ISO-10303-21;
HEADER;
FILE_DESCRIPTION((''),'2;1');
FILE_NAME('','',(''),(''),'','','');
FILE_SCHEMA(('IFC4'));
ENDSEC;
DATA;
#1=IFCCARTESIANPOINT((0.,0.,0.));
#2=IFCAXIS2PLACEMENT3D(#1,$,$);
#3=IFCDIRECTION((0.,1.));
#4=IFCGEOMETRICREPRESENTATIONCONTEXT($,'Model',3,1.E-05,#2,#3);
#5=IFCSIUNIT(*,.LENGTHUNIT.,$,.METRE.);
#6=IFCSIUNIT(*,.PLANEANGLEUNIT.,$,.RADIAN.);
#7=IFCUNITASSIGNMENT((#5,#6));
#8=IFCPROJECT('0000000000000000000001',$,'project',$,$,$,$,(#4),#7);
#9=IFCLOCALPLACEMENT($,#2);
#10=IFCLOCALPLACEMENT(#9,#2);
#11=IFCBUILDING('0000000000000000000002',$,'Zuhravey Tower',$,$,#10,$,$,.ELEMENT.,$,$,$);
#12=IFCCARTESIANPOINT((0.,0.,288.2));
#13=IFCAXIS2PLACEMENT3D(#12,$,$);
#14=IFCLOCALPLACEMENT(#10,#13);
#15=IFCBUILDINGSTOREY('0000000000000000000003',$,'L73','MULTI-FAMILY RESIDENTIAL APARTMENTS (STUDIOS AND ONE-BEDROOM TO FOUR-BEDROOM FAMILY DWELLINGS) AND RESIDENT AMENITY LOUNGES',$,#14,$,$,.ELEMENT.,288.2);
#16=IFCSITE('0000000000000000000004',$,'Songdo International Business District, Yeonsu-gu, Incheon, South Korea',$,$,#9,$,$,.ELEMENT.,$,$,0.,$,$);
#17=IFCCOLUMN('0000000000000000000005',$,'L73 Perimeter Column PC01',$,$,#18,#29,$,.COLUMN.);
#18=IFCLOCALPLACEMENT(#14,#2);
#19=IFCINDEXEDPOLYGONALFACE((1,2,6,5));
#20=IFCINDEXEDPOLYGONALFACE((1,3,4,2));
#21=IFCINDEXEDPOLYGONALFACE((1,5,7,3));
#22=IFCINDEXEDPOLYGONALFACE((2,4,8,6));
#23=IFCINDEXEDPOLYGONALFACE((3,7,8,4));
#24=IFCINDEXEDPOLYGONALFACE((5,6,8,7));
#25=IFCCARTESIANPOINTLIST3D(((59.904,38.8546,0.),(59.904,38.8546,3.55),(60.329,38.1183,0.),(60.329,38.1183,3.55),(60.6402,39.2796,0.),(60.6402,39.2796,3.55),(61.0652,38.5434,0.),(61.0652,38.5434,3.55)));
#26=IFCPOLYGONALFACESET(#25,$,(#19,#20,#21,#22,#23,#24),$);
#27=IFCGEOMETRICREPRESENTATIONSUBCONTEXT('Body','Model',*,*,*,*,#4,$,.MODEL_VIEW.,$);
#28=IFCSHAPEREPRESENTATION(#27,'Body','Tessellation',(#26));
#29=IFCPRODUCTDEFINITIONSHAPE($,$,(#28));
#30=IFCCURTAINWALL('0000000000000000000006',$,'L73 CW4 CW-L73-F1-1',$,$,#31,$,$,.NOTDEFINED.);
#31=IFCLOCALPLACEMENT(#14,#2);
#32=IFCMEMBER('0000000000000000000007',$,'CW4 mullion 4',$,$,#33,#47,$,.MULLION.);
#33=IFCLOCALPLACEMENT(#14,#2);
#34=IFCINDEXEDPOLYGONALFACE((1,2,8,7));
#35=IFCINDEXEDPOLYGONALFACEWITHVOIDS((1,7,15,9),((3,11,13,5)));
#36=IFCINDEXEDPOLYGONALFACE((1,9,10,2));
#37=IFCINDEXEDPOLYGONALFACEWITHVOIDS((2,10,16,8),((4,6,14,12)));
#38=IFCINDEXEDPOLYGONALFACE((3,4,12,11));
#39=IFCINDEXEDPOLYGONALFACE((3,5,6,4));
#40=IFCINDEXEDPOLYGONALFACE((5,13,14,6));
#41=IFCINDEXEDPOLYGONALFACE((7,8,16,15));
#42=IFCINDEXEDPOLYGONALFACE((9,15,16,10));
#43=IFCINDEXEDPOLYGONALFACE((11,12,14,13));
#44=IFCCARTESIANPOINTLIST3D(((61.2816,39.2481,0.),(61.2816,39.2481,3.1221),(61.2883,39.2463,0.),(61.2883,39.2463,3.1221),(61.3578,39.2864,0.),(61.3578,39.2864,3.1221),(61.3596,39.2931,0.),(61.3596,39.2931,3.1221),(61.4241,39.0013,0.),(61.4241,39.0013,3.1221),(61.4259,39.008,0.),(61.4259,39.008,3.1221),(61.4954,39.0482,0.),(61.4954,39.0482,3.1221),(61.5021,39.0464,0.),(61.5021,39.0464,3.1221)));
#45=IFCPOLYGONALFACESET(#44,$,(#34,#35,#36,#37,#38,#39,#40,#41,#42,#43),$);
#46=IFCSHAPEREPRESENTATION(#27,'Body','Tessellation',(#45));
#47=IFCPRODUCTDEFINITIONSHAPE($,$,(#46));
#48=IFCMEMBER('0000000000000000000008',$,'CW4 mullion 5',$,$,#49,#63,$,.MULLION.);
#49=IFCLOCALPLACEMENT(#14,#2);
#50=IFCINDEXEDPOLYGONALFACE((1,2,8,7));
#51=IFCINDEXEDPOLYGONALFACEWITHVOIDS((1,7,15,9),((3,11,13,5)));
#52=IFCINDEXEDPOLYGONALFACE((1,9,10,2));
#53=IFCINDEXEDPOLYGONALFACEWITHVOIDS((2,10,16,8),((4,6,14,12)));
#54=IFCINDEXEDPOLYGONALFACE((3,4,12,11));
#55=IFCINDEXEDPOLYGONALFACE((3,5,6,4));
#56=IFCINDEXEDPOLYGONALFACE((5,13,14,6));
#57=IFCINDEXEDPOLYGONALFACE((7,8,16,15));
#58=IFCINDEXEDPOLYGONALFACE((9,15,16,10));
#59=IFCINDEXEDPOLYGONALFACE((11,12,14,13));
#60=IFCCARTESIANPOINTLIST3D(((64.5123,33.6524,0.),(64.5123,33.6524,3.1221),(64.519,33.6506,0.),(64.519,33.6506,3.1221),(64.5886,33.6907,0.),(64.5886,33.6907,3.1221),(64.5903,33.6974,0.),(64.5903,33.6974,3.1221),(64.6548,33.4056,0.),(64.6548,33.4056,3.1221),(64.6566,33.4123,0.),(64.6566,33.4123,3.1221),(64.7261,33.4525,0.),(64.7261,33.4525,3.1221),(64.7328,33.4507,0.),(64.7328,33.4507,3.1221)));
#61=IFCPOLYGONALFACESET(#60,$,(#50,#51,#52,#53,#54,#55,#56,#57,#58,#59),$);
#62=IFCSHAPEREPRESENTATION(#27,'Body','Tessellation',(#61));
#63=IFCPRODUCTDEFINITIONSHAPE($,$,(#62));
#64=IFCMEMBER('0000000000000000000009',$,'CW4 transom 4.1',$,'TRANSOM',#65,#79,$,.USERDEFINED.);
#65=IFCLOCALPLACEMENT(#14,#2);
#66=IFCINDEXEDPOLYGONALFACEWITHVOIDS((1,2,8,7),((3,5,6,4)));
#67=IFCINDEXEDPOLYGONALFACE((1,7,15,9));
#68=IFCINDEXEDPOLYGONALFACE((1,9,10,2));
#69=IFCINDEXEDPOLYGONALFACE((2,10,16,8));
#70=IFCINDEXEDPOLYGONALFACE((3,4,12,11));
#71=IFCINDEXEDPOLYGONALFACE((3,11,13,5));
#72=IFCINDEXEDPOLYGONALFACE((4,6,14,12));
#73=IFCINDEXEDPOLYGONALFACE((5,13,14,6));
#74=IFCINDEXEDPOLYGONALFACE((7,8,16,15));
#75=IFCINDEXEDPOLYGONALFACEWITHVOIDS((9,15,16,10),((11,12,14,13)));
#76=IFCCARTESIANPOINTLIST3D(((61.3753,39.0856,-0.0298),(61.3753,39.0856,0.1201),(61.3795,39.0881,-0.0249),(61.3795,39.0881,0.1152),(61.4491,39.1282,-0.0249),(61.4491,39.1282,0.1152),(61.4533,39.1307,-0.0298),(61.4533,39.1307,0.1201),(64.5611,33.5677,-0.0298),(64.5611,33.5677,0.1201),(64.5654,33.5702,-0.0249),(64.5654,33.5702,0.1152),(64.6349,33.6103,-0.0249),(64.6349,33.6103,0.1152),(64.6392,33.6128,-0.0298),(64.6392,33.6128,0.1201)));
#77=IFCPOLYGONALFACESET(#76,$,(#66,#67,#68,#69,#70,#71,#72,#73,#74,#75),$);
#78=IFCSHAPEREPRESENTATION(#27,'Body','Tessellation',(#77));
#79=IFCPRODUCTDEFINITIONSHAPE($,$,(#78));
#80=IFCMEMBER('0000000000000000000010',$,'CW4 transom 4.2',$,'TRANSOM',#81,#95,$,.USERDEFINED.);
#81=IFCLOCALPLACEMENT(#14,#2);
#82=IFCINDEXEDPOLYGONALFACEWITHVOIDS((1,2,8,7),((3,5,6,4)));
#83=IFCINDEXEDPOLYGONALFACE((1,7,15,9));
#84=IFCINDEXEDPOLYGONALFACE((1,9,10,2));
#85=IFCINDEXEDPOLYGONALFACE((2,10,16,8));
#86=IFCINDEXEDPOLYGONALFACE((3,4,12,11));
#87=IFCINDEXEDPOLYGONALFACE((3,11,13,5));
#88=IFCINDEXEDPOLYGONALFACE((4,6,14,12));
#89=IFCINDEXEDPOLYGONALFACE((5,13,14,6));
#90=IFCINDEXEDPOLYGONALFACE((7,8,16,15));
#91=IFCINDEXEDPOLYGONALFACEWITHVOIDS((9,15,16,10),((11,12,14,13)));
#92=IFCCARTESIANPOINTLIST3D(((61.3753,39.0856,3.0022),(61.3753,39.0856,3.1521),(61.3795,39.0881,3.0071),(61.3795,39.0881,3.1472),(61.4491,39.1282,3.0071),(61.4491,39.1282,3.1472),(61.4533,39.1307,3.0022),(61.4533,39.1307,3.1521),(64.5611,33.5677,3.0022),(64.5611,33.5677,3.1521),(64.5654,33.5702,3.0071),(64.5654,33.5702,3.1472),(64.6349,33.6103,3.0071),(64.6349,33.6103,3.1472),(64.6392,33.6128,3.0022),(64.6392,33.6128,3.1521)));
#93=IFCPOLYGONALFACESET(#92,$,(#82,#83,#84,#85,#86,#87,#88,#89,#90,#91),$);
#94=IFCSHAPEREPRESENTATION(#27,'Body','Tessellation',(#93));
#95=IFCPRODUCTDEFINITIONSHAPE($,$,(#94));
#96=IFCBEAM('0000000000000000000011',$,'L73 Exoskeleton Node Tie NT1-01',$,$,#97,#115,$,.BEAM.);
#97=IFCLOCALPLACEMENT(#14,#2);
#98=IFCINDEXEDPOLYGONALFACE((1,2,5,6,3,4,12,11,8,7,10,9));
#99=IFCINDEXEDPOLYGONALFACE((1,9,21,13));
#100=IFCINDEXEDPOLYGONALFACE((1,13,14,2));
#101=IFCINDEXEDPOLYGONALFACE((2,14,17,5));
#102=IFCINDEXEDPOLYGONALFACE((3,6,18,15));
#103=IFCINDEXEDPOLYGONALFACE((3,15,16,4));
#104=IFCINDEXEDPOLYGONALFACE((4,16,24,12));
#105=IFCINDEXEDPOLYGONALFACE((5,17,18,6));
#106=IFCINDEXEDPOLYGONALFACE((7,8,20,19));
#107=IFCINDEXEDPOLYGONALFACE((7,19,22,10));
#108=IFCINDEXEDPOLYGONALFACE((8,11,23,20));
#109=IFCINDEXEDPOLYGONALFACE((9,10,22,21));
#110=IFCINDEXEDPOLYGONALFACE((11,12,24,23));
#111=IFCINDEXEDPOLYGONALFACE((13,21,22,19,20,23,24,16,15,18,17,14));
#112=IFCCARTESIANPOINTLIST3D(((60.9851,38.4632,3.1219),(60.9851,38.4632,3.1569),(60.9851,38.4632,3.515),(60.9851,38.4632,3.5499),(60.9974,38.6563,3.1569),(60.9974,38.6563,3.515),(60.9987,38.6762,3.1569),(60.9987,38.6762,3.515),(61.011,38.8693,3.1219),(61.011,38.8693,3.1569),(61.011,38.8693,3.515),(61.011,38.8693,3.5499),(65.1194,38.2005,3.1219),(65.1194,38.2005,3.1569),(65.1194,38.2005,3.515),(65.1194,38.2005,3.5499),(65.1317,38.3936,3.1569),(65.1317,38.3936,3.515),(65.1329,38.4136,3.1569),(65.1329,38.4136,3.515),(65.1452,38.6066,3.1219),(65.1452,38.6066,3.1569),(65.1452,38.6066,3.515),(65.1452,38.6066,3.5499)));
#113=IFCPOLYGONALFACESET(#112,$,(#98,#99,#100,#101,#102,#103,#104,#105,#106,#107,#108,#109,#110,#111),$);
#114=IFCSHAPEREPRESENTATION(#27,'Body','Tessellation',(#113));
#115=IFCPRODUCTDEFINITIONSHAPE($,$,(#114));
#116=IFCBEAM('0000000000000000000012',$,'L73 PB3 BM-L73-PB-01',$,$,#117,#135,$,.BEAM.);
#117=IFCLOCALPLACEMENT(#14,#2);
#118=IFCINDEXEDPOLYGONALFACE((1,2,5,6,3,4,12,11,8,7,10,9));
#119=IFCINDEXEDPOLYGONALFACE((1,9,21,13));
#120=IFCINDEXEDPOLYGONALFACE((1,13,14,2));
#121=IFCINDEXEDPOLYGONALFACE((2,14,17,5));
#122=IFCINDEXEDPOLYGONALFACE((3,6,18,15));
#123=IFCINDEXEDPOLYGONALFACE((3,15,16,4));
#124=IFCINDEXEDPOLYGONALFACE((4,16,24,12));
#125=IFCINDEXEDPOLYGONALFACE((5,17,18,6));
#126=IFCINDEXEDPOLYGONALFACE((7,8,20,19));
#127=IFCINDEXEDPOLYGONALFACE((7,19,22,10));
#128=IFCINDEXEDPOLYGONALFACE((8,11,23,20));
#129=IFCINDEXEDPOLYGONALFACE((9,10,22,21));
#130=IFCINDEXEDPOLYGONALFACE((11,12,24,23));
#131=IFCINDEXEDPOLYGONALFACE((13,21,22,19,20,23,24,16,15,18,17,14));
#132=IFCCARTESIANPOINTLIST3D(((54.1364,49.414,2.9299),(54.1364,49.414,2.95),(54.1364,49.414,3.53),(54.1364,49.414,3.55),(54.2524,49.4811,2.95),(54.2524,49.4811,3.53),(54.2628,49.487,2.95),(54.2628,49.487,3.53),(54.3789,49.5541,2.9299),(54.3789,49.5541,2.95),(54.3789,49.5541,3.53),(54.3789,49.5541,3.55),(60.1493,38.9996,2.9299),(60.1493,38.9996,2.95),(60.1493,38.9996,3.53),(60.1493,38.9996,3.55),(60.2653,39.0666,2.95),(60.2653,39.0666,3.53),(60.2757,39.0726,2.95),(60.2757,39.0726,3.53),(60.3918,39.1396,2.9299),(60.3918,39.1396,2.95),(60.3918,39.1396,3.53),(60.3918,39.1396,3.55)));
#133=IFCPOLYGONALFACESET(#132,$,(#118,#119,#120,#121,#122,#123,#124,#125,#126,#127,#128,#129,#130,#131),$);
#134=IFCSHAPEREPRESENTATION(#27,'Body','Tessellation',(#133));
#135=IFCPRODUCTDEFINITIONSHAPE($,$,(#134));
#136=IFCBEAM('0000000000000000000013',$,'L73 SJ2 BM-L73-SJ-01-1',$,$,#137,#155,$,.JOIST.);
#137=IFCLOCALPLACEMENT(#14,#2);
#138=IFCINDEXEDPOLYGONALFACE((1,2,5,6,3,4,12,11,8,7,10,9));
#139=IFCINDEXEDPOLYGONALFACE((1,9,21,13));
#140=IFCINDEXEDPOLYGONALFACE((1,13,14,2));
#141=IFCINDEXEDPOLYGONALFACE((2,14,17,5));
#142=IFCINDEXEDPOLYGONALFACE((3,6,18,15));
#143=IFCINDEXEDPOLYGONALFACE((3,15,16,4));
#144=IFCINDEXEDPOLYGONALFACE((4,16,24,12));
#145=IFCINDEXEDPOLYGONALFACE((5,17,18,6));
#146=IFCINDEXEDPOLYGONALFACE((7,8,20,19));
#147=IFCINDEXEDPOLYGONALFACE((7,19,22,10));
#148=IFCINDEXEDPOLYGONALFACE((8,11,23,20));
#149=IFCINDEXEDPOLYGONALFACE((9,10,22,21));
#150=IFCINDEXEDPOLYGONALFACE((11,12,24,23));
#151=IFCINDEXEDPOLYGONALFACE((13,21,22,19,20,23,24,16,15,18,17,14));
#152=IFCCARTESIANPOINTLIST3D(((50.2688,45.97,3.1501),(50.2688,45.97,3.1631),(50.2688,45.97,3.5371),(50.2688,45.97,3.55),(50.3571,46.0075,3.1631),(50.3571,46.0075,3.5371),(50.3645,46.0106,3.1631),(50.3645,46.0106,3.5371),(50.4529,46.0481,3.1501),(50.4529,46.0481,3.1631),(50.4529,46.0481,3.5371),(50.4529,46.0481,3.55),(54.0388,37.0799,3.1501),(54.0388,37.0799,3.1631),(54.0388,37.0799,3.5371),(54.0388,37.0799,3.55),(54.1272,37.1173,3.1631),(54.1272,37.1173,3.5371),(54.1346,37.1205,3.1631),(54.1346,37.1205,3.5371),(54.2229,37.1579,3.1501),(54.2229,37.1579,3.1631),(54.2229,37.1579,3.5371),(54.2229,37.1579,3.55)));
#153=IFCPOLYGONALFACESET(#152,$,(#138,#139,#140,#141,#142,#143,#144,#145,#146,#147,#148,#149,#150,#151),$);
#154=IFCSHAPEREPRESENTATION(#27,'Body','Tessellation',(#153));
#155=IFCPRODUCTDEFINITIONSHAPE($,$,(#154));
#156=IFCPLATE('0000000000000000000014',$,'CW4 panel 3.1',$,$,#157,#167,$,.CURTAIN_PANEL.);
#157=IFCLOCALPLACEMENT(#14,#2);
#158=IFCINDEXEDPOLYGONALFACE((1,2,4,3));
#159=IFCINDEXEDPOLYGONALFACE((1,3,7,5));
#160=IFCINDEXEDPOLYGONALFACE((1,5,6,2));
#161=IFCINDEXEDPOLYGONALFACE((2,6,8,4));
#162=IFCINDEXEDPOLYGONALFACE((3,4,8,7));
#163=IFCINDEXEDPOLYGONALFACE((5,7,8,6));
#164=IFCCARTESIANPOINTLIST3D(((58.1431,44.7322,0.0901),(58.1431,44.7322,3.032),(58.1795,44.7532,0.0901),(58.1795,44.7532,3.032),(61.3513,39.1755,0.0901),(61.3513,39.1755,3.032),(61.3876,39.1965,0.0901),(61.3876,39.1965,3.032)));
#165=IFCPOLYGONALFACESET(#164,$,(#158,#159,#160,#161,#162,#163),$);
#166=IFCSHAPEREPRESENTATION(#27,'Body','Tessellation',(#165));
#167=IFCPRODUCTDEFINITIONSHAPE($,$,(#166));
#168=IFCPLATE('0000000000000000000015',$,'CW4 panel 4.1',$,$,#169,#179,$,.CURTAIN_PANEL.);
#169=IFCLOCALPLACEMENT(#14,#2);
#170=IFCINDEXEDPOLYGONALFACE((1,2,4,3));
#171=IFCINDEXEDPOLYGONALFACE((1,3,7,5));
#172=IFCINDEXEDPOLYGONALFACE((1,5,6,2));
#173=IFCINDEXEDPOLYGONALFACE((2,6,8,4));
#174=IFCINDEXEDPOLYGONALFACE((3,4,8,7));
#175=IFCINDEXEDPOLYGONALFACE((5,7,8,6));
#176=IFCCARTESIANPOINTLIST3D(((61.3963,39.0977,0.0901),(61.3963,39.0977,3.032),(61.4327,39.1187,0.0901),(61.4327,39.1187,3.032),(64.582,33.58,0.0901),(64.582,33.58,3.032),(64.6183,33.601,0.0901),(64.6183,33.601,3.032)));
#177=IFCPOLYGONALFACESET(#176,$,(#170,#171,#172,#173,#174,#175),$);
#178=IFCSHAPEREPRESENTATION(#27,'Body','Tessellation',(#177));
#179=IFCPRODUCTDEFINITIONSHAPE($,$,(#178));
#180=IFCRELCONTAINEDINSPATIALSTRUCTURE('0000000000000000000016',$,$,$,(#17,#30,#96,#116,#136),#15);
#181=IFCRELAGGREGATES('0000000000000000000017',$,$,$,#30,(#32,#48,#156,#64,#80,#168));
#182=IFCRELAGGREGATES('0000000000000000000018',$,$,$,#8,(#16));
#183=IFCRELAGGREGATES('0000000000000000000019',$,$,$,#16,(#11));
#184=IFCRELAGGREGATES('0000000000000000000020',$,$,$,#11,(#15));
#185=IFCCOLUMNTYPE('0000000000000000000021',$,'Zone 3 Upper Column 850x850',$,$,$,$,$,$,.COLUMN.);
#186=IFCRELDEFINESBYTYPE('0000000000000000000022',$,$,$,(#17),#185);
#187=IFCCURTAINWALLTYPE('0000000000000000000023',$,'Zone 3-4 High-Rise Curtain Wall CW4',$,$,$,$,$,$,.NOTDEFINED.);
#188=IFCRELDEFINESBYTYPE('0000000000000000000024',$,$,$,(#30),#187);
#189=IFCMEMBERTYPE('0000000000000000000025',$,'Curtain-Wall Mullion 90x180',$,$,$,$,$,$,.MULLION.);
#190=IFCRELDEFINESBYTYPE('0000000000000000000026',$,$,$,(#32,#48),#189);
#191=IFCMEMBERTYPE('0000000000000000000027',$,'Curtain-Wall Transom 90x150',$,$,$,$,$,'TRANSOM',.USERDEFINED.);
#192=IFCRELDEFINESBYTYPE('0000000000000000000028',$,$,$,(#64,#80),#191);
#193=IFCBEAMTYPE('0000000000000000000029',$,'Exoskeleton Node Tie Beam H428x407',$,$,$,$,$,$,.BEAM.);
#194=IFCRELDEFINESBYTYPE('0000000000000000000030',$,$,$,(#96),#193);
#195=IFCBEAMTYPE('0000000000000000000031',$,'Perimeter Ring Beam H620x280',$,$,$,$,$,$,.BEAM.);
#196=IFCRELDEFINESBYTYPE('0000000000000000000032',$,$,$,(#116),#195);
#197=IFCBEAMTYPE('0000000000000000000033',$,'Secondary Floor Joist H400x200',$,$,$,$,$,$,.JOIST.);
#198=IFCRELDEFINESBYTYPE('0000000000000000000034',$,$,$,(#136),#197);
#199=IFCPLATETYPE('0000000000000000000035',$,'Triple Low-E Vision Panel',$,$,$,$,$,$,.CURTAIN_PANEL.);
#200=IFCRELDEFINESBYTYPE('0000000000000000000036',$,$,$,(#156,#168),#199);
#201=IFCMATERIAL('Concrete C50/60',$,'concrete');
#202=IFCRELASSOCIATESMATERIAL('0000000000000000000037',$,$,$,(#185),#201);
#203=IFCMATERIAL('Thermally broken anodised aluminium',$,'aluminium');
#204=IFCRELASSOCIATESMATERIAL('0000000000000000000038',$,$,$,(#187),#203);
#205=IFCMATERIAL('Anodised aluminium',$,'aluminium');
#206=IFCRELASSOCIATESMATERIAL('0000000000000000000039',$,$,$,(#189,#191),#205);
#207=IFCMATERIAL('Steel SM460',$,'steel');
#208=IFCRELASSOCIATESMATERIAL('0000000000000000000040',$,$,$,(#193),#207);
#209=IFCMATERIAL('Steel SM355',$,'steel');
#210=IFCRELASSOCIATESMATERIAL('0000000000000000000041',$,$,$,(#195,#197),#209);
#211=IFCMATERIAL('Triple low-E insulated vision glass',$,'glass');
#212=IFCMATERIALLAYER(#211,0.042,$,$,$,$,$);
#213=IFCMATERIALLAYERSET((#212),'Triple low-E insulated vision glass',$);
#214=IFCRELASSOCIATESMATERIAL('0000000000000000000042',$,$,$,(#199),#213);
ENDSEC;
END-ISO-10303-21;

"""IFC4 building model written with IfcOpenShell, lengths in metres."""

from ifc_helpers import new_model, si_unit, direction, frame, origin, origin_2d, place, context, subcontext, project, spatial, rectangle, hollow_rectangle, i_section, extrude, material, layer, layer_set, material_profile, profile_set, type_object, element, aggregate, save


model = new_model("IFC4")

# Units and contexts
model_context = context("Model", 3, precision=1e-05, world=origin(), true_north=direction((0.0, 1.0)))
body_context = subcontext(model_context, "Body", "Model", "MODEL_VIEW")
ifc_project = project(units=[si_unit("LENGTHUNIT", "METRE"), si_unit("PLANEANGLEUNIT", "RADIAN")], contexts=[model_context])

# Site, building, storey
site_placement = place(None, origin())
site = spatial("IfcSite", under=ifc_project, at=site_placement, Name="Songdo International Business District, Yeonsu-gu, Incheon, South Korea", CompositionType="ELEMENT", RefElevation=0.0)
building_placement = place(site_placement, origin())
building = spatial("IfcBuilding", under=site, at=building_placement, Name="Zuhravey Tower", CompositionType="ELEMENT")
storey_placement = place(building_placement, frame((0.0, 0.0, 288.2)))
storey = spatial("IfcBuildingStorey", under=building, at=storey_placement, Name="L73", Description="MULTI-FAMILY RESIDENTIAL APARTMENTS (STUDIOS AND ONE-BEDROOM TO FOUR-BEDROOM FAMILY DWELLINGS) AND RESIDENT AMENITY LOUNGES", CompositionType="ELEMENT", Elevation=288.2)

# Column
ifc_material_1 = material(Name="Concrete C50/60", Category="concrete")
ifc_material_profile_1 = material_profile(ifc_material_1, rectangle(XDim=0.8501, YDim=0.8501, at=origin_2d()), Name="RC-850x850")
ifc_profile_set_1 = profile_set([ifc_material_profile_1], Name="Concrete C50/60")
column_type = type_object("IfcColumnType", Name="Zone 3 Upper Column 850x850", PredefinedType="COLUMN", material=ifc_profile_set_1)
column_placement = place(storey_placement, frame((60.4846, 38.699, 0.0), z_axis=(0.0, 0.0, 1.0), x_axis=(-0.5, 0.866025, 0.0)))
element("IfcColumn", 1, at=column_placement, inside=storey, type_object=column_type, Name="L73 Perimeter Column PC01", PredefinedType="COLUMN", context=body_context, shape_type="SweptSolid", body=[
    extrude(rectangle(XDim=0.8501, YDim=0.8501, at=origin_2d()), origin(), (0.0, 0.0, 1.0), 3.55),
])

# Curtain wall, members
ifc_material_2 = material(Name="Thermally broken anodised aluminium", Category="aluminium")
curtain_wall_type = type_object("IfcCurtainWallType", Name="Zone 3-4 High-Rise Curtain Wall CW4", PredefinedType="NOTDEFINED", material=ifc_material_2)
curtain_wall_placement = place(storey_placement, origin())
curtain_wall = element("IfcCurtainWall", 2, at=curtain_wall_placement, inside=storey, type_object=curtain_wall_type, Name="L73 CW4 CW-L73-F1-1", PredefinedType="NOTDEFINED")
ifc_material_3 = material(Name="Anodised aluminium", Category="aluminium")
ifc_material_profile_2 = material_profile(ifc_material_3, hollow_rectangle(XDim=0.0901, YDim=0.2849, WallThickness=0.0049, at=origin_2d()), Name="ALU-RHS-90x285x5")
ifc_profile_set_2 = profile_set([ifc_material_profile_2], Name="Anodised aluminium")
member_type_1 = type_object("IfcMemberType", Name="Curtain-Wall Mullion 90x180", PredefinedType="MULLION", material=ifc_profile_set_2)
member_1_placement = place(storey_placement, frame((61.3918, 39.1472, 0.0), z_axis=(0.0, 0.0, 1.0), x_axis=(0.866025, 0.500001, 0.0)))
member_1 = element("IfcMember", 3, at=member_1_placement, type_object=member_type_1, Name="CW4 mullion 4", PredefinedType="MULLION", context=body_context, shape_type="SweptSolid", body=[
    extrude(hollow_rectangle(XDim=0.0901, YDim=0.2849, WallThickness=0.0049, at=origin_2d()), origin(), (0.0, 0.0, 1.0), 3.1221),
])
member_2_placement = place(storey_placement, frame((64.6226, 33.5515, 0.0), z_axis=(0.0, 0.0, 1.0), x_axis=(0.866025, 0.500001, 0.0)))
member_2 = element("IfcMember", 4, at=member_2_placement, type_object=member_type_1, Name="CW4 mullion 5", PredefinedType="MULLION", context=body_context, shape_type="SweptSolid", body=[
    extrude(hollow_rectangle(XDim=0.0901, YDim=0.2849, WallThickness=0.0049, at=origin_2d()), origin(), (0.0, 0.0, 1.0), 3.1221),
])
ifc_material_profile_3 = material_profile(ifc_material_3, hollow_rectangle(XDim=0.0901, YDim=0.1499, WallThickness=0.0049, at=origin_2d()), Name="ALU-RHS-90x150x5")
ifc_profile_set_3 = profile_set([ifc_material_profile_3], Name="Anodised aluminium")
member_type_2 = type_object("IfcMemberType", Name="Curtain-Wall Transom 90x150", ElementType="TRANSOM", PredefinedType="USERDEFINED", material=ifc_profile_set_3)
member_3_placement = place(storey_placement, frame((61.4143, 39.1082, 0.0452), z_axis=(0.500009, -0.86602, 0.0), x_axis=(0.86602, 0.500009, 0.0)))
member_3 = element("IfcMember", 5, at=member_3_placement, type_object=member_type_2, Name="CW4 transom 4.1", ObjectType="TRANSOM", PredefinedType="USERDEFINED", context=body_context, shape_type="SweptSolid", body=[
    extrude(hollow_rectangle(XDim=0.0901, YDim=0.1499, WallThickness=0.0049, at=origin_2d()), origin(), (0.0, 0.0, 1.0), 6.3716),
])
member_4_placement = place(storey_placement, frame((61.4143, 39.1082, 3.0771), z_axis=(0.500009, -0.86602, 0.0), x_axis=(0.86602, 0.500009, 0.0)))
member_4 = element("IfcMember", 6, at=member_4_placement, type_object=member_type_2, Name="CW4 transom 4.2", ObjectType="TRANSOM", PredefinedType="USERDEFINED", context=body_context, shape_type="SweptSolid", body=[
    extrude(hollow_rectangle(XDim=0.0901, YDim=0.1499, WallThickness=0.0049, at=origin_2d()), origin(), (0.0, 0.0, 1.0), 6.3716),
])

# Beams
ifc_material_4 = material(Name="Steel SM460", Category="steel")
ifc_material_profile_4 = material_profile(ifc_material_4, i_section(OverallWidth=0.407, OverallDepth=0.428, WebThickness=0.02, FlangeThickness=0.0349, at=origin_2d()), Name="H-428x407x20x35")
ifc_profile_set_4 = profile_set([ifc_material_profile_4], Name="Steel SM460")
beam_type_1 = type_object("IfcBeamType", Name="Exoskeleton Node Tie Beam H428x407", PredefinedType="BEAM", material=ifc_profile_set_4)
beam_1_placement = place(storey_placement, frame((60.998, 38.6663, 3.3359), z_axis=(0.997987, -0.063413, 0.0), x_axis=(0.063413, 0.997987, 0.0)))
element("IfcBeam", 7, at=beam_1_placement, inside=storey, type_object=beam_type_1, Name="L73 Exoskeleton Node Tie NT1-01", PredefinedType="BEAM", context=body_context, shape_type="SweptSolid", body=[
    extrude(i_section(OverallWidth=0.407, OverallDepth=0.428, WebThickness=0.02, FlangeThickness=0.0349, at=origin_2d()), origin(), (0.0, 0.0, 1.0), 4.1426),
])
ifc_material_5 = material(Name="Steel SM355", Category="steel")
ifc_material_profile_5 = material_profile(ifc_material_5, i_section(OverallWidth=0.28, OverallDepth=0.6201, WebThickness=0.012, FlangeThickness=0.02, at=origin_2d()), Name="H-620x280x12x20")
ifc_profile_set_5 = profile_set([ifc_material_profile_5], Name="Steel SM355")
beam_type_2 = type_object("IfcBeamType", Name="Perimeter Ring Beam H620x280", PredefinedType="BEAM", material=ifc_profile_set_5)
beam_2_placement = place(storey_placement, frame((60.2705, 39.0696, 3.24), z_axis=(-0.500006, 0.866022, 0.0), x_axis=(-0.866022, -0.500006, 0.0)))
element("IfcBeam", 8, at=beam_2_placement, inside=storey, type_object=beam_type_2, Name="L73 PB3 BM-L73-PB-01", PredefinedType="BEAM", context=body_context, shape_type="SweptSolid", body=[
    extrude(i_section(OverallWidth=0.28, OverallDepth=0.6201, WebThickness=0.012, FlangeThickness=0.02, at=origin_2d()), origin(), (0.0, 0.0, 1.0), 12.0256),
])
ifc_material_profile_6 = material_profile(ifc_material_5, i_section(OverallWidth=0.2, OverallDepth=0.3999, WebThickness=0.0081, FlangeThickness=0.0129, at=origin_2d()), Name="H-400x200x8x13")
ifc_profile_set_6 = profile_set([ifc_material_profile_6], Name="Steel SM355")
beam_type_3 = type_object("IfcBeamType", Name="Secondary Floor Joist H400x200", PredefinedType="JOIST", material=ifc_profile_set_6)
beam_3_placement = place(storey_placement, frame((54.1309, 37.1189, 3.3501), z_axis=(-0.390413, 0.92064, 0.0), x_axis=(-0.92064, -0.390413, 0.0)))
element("IfcBeam", 9, at=beam_3_placement, inside=storey, type_object=beam_type_3, Name="L73 SJ2 BM-L73-SJ-01-1", PredefinedType="JOIST", context=body_context, shape_type="SweptSolid", body=[
    extrude(i_section(OverallWidth=0.2, OverallDepth=0.3999, WebThickness=0.0081, FlangeThickness=0.0129, at=origin_2d()), origin(), (0.0, 0.0, 1.0), 9.6565),
])

# Plates
ifc_material_6 = material(Name="Triple low-E insulated vision glass", Category="glass")
ifc_layer_1 = layer(ifc_material_6, 0.042)
ifc_layer_set_1 = layer_set([ifc_layer_1], Name="Triple low-E insulated vision glass")
plate_type = type_object("IfcPlateType", Name="Triple Low-E Vision Panel", PredefinedType="CURTAIN_PANEL", material=ifc_layer_set_1)
plate_1_placement = place(storey_placement, frame((59.7654, 41.9644, 0.0901), z_axis=(0.0, 0.0, 1.0), x_axis=(0.500001, -0.866025, 0.0)))
plate_1 = element("IfcPlate", 10, at=plate_1_placement, type_object=plate_type, Name="CW4 panel 3.1", PredefinedType="CURTAIN_PANEL", context=body_context, shape_type="SweptSolid", body=[
    extrude(rectangle(XDim=6.4163, YDim=0.042, at=origin_2d()), origin(), (0.0, 0.0, 1.0), 2.9419),
])
plate_2_placement = place(storey_placement, frame((63.0073, 36.3494, 0.0901), z_axis=(0.0, 0.0, 1.0), x_axis=(0.500001, -0.866025, 0.0)))
plate_2 = element("IfcPlate", 11, at=plate_2_placement, type_object=plate_type, Name="CW4 panel 4.1", PredefinedType="CURTAIN_PANEL", context=body_context, shape_type="SweptSolid", body=[
    extrude(rectangle(XDim=6.3713, YDim=0.042, at=origin_2d()), origin(), (0.0, 0.0, 1.0), 2.9419),
])
aggregate(curtain_wall, [member_1, member_2, plate_1, member_3, member_4, plate_2])

save(model, "model.ifc")
